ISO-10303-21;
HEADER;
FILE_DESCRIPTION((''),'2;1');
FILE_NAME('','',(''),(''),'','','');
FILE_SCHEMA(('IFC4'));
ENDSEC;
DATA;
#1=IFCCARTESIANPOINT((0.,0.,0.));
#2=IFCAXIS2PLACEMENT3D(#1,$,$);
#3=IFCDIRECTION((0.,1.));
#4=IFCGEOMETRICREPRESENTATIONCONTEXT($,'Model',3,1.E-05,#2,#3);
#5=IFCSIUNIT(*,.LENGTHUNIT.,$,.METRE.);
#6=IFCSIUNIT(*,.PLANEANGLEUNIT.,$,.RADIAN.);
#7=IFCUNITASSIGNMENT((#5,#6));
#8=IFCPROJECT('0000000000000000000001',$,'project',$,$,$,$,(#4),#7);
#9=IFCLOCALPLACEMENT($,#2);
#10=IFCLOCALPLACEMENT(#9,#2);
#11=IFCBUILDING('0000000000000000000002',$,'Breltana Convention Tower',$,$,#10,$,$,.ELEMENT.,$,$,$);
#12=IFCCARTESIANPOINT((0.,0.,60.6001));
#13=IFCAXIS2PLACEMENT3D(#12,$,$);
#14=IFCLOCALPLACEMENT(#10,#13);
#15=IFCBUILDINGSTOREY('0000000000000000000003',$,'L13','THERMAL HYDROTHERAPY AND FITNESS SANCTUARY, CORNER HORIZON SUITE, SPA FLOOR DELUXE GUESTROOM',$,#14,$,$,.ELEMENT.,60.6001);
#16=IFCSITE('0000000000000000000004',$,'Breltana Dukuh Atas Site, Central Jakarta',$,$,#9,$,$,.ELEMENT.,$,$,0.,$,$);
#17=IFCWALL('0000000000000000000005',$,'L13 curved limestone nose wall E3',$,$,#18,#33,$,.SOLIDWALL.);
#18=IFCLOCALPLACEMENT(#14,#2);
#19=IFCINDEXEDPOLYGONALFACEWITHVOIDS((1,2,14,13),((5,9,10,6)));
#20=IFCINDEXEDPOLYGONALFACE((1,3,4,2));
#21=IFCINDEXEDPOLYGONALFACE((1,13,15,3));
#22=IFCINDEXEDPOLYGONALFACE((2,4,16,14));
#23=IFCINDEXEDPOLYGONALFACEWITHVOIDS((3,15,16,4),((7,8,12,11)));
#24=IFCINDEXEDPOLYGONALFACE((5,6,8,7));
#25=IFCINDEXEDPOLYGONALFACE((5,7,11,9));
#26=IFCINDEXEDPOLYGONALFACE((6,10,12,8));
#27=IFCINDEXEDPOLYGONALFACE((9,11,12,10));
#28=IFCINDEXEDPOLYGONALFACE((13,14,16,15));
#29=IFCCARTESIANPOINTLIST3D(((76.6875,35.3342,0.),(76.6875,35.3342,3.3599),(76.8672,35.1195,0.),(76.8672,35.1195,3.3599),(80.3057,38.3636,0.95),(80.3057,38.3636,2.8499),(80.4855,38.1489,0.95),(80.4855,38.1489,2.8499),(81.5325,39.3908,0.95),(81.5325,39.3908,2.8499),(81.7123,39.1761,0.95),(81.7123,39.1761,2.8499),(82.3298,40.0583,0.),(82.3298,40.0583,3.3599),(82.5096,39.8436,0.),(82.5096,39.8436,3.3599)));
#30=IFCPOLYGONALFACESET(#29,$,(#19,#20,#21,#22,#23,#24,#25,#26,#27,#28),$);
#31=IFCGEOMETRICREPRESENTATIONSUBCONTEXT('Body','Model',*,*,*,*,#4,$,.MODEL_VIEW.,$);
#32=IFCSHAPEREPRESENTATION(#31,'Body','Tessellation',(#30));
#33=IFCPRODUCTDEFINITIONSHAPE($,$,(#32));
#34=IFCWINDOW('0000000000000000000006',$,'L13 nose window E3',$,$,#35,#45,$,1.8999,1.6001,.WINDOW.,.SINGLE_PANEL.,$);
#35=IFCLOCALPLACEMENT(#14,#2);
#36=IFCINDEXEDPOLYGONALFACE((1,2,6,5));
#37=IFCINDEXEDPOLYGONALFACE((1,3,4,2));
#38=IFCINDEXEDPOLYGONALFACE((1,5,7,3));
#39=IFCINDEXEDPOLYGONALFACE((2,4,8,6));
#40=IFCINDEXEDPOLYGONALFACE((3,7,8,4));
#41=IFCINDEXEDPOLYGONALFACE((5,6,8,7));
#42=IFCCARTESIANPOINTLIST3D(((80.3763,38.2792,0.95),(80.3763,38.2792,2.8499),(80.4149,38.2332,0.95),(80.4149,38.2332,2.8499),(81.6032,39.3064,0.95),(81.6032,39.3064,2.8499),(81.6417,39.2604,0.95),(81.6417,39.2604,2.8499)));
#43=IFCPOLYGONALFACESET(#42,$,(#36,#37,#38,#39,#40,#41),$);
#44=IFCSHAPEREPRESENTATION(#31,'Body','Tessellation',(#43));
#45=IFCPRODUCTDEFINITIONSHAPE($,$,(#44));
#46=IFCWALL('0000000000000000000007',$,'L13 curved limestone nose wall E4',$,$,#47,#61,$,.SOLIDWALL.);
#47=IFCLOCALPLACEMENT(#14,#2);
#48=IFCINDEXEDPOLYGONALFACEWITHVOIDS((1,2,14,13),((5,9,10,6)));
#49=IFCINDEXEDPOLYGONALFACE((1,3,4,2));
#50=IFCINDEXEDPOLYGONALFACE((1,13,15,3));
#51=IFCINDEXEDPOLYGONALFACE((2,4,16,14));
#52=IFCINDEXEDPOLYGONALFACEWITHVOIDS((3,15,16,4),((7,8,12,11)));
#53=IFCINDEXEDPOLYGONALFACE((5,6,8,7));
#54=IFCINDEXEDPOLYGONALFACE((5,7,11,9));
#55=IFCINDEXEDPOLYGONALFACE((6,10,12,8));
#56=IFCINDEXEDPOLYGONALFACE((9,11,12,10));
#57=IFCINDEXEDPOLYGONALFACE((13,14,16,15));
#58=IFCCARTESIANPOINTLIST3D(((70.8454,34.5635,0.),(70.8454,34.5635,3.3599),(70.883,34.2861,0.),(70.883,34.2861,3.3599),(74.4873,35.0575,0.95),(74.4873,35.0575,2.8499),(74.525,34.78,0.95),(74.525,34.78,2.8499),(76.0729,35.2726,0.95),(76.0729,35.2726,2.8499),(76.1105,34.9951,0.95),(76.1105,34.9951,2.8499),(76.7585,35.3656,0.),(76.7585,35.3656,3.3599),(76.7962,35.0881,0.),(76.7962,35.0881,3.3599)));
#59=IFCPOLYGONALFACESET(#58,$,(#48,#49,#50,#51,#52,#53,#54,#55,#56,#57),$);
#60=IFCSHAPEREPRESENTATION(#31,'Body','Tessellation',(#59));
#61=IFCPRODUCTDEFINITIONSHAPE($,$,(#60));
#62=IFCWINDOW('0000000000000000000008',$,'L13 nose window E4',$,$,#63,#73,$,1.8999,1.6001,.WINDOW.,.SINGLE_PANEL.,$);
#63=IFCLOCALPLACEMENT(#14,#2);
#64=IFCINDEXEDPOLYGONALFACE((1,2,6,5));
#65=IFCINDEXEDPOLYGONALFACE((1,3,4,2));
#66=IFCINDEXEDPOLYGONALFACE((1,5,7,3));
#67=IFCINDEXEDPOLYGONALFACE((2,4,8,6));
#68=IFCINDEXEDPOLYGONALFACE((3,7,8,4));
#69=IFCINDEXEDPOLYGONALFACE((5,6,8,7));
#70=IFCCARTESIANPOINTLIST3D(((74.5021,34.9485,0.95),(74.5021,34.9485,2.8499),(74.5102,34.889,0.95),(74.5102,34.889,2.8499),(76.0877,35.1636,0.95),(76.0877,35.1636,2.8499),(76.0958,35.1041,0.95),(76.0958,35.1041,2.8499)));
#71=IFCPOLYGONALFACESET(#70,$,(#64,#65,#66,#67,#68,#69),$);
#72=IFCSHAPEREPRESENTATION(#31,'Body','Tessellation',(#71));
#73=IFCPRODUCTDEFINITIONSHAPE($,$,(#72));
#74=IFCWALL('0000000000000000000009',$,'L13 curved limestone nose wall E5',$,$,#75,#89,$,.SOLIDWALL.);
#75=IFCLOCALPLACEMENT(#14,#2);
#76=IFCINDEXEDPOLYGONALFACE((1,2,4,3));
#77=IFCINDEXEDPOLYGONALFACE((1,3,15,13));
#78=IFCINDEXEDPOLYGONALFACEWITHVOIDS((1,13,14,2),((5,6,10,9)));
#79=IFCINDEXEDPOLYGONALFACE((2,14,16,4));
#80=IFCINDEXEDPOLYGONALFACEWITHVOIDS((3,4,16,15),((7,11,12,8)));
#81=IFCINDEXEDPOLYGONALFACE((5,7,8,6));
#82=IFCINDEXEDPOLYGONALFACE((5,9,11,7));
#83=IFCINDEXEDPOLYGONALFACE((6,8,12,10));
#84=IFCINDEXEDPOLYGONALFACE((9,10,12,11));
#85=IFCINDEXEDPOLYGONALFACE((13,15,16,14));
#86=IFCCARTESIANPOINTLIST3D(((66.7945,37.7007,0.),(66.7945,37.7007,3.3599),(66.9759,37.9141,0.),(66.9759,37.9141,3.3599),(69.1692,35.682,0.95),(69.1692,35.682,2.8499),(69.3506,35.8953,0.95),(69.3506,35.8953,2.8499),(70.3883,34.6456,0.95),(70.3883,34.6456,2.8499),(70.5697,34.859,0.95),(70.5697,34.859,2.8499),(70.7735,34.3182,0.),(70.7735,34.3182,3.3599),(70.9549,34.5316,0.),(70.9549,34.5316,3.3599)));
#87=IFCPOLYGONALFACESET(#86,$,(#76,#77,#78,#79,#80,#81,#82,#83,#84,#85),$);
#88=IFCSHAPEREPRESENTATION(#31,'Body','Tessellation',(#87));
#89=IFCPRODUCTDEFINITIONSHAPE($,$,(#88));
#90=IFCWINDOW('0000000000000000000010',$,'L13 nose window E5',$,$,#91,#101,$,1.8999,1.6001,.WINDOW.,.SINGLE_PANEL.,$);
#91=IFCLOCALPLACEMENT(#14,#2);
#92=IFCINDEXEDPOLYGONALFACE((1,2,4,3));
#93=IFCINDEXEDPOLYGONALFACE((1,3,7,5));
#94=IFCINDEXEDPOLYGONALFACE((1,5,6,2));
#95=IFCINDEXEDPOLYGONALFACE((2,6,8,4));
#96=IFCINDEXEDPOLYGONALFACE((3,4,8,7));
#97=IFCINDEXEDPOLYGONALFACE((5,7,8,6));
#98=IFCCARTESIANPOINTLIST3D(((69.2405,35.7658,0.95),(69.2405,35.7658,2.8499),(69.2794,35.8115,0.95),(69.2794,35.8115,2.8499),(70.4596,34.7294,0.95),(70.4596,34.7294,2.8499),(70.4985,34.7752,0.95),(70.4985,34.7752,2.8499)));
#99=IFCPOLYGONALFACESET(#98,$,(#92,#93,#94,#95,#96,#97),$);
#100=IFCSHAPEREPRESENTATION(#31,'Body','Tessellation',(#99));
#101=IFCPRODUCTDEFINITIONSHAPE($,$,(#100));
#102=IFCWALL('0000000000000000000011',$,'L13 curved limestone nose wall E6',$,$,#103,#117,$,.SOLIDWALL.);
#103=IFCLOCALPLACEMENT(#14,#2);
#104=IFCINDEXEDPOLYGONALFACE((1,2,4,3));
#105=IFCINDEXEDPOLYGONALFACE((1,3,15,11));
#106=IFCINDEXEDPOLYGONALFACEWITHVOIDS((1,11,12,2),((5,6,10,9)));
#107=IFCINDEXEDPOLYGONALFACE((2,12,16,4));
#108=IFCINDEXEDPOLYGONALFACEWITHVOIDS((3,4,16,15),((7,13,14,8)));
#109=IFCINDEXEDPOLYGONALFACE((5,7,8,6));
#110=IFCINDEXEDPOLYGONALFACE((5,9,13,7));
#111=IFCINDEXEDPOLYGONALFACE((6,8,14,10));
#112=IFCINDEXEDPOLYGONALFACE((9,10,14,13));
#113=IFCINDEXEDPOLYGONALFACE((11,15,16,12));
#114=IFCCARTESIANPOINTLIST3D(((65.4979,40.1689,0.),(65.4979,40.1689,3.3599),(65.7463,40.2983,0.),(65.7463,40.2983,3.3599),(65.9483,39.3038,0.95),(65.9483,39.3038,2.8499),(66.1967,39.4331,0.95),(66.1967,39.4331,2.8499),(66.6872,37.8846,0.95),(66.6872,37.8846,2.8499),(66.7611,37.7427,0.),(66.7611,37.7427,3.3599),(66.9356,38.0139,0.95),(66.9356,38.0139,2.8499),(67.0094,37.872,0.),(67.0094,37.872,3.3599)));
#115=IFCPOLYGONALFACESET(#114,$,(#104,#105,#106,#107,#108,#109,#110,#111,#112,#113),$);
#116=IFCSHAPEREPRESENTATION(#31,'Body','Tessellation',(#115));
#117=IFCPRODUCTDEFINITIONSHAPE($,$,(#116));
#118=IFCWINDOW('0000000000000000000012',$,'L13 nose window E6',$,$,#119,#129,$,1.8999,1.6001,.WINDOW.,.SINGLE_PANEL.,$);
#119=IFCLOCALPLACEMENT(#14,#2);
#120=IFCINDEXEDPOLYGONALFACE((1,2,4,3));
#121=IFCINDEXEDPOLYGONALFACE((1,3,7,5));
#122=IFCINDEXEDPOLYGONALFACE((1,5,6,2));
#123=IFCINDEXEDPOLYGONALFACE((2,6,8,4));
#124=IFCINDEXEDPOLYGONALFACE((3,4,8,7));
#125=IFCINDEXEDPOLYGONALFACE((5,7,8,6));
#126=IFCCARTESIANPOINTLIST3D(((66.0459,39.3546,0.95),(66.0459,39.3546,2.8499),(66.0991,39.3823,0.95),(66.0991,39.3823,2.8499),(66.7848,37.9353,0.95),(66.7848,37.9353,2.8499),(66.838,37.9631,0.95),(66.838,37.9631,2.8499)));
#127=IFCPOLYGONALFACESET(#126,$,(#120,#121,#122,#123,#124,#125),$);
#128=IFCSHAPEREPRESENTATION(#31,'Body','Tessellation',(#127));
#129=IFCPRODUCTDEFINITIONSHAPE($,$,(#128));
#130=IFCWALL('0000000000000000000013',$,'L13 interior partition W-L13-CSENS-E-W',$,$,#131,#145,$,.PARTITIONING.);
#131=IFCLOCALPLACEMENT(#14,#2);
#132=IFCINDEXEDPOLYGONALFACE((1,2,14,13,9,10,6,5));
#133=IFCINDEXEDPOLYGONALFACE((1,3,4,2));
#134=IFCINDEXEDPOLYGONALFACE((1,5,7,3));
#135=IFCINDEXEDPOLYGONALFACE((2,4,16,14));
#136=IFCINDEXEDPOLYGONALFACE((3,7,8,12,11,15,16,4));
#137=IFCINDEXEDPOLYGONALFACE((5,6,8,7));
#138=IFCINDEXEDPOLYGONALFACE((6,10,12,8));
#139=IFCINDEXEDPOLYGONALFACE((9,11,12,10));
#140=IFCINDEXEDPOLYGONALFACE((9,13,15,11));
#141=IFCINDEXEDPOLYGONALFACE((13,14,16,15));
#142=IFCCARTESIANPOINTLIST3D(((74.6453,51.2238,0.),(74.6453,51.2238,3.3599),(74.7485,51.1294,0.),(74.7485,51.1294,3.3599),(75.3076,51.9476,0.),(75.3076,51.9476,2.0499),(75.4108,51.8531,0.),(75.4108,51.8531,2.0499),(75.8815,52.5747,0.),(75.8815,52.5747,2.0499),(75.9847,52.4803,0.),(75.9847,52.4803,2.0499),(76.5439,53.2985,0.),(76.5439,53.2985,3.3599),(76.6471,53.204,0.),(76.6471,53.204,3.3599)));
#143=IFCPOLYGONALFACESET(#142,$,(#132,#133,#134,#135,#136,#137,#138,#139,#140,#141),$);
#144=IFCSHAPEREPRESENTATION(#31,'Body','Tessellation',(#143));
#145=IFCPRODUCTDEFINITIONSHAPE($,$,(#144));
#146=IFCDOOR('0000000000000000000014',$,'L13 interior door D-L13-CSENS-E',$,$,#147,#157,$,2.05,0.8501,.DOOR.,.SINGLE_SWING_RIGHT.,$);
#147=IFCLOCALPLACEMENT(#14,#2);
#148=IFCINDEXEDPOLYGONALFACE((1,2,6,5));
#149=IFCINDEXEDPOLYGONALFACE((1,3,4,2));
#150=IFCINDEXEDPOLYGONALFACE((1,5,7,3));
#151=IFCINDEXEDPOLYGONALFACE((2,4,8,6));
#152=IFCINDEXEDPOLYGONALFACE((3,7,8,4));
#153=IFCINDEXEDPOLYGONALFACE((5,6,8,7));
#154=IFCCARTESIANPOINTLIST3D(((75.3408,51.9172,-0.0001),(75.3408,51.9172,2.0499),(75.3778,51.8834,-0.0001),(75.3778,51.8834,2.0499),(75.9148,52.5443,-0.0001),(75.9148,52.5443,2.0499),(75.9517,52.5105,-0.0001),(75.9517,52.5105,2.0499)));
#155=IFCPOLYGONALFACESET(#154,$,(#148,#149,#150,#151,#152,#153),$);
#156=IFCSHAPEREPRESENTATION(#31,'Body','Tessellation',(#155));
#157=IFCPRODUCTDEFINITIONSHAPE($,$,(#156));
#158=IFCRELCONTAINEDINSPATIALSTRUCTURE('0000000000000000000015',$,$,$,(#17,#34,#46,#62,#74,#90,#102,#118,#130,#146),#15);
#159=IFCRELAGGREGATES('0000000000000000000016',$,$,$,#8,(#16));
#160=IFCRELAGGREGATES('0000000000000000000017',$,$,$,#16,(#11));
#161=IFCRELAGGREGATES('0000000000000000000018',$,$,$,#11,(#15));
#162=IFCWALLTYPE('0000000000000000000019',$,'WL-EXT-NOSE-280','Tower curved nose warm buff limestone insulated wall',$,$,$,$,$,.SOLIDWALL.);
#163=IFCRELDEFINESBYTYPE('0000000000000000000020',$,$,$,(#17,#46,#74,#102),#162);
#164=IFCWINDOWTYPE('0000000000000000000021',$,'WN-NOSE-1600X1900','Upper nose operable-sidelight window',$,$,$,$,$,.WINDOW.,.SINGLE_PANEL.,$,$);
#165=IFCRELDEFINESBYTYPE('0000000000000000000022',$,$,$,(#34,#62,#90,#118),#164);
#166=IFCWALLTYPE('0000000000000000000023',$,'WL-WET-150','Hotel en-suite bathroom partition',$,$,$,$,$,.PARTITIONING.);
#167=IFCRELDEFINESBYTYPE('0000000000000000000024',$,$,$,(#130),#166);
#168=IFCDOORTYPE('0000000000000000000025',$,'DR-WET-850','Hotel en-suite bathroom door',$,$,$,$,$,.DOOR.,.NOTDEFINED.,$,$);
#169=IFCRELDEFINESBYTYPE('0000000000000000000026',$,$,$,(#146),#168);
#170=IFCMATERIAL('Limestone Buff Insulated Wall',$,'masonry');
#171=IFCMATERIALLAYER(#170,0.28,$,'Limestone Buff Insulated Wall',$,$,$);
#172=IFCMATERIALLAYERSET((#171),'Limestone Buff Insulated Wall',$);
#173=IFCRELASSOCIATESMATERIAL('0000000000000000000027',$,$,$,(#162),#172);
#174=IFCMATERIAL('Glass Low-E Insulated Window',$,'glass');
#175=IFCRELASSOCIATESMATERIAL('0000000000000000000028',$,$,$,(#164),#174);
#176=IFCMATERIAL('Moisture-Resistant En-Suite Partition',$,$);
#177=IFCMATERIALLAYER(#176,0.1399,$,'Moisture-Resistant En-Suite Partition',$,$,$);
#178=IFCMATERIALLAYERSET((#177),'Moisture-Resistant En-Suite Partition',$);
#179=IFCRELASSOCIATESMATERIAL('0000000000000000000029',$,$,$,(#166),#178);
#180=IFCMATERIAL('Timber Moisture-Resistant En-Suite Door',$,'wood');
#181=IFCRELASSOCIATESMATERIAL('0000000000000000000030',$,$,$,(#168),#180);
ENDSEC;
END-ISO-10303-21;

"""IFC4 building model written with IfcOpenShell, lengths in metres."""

from ifc_helpers import new_model, si_unit, direction, frame, frame_2d, origin, place, context, subcontext, project, spatial, rectangle, extrude, source, transform, mapped, material, layer, layer_set, type_object, type_shapes, element, fill, save


model = new_model("IFC4")

# Units and contexts
model_context = context("Model", 3, precision=1e-05, world=origin(), true_north=direction((0.0, 1.0)))
body_context = subcontext(model_context, "Body", "Model", "MODEL_VIEW")
ifc_project = project(units=[si_unit("LENGTHUNIT", "METRE"), si_unit("PLANEANGLEUNIT", "RADIAN")], contexts=[model_context])

# Site, building, storey
site_placement = place(None, origin())
site = spatial("IfcSite", under=ifc_project, at=site_placement, Name="Breltana Dukuh Atas Site, Central Jakarta", CompositionType="ELEMENT", RefElevation=0.0)
building_placement = place(site_placement, origin())
building = spatial("IfcBuilding", under=site, at=building_placement, Name="Breltana Convention Tower", CompositionType="ELEMENT")
storey_placement = place(building_placement, frame((0.0, 0.0, 60.6001)))
storey = spatial("IfcBuildingStorey", under=building, at=storey_placement, Name="L13", Description="THERMAL HYDROTHERAPY AND FITNESS SANCTUARY, CORNER HORIZON SUITE, SPA FLOOR DELUXE GUESTROOM", CompositionType="ELEMENT", Elevation=60.6001)

# Walls, openings, windows
ifc_material_1 = material(Name="Limestone Buff Insulated Wall", Category="masonry")
ifc_layer_1 = layer(ifc_material_1, 0.28, Name="Limestone Buff Insulated Wall")
ifc_layer_set_1 = layer_set([ifc_layer_1], Name="Limestone Buff Insulated Wall")
wall_type_1 = type_object("IfcWallType", Name="WL-EXT-NOSE-280", Description="Tower curved nose warm buff limestone insulated wall", PredefinedType="SOLIDWALL", material=ifc_layer_set_1)
ifc_material_2 = material(Name="Glass Low-E Insulated Window", Category="glass")
window_type = type_object("IfcWindowType", Name="WN-NOSE-1600X1900", Description="Upper nose operable-sidelight window", PartitioningType="SINGLE_PANEL", PredefinedType="WINDOW", material=ifc_material_2)
shared_shape_1 = source(origin(), body_context, "Body", "SweptSolid", [
    extrude(rectangle(XDim=1.6001, YDim=1.8999, at=frame_2d((0.8, 0.95))), frame((0.0, 0.03, 0.0), z_axis=(0.0, -1.0, 0.0), x_axis=(1.0, 0.0, 0.0)), (0.0, 0.0, 1.0), 0.0601),
])
type_shapes(window_type, [shared_shape_1])
shared_shape_2 = source(origin(), body_context, "Body", "SweptSolid", [
    extrude(rectangle(XDim=7.3589, YDim=0.28, at=frame_2d((3.6794, 0.0))), origin(), (0.0, 0.0, 1.0), 3.3599),
])
wall_1_placement = place(storey_placement, frame((82.4197, 39.9509, 0.0), z_axis=(0.0, 0.0, 1.0), x_axis=(-0.766737, -0.641961, 0.0)))
wall_1 = element("IfcWall", 1, at=wall_1_placement, inside=storey, type_object=wall_type_1, Name="L13 curved limestone nose wall E3", PredefinedType="SOLIDWALL", context=body_context, shape_type="MappedRepresentation", body=[
    mapped(shared_shape_2, transform((0.0, 0.0, 0.0), scale=1.0)),
])
opening_1_placement = place(wall_1_placement, frame((1.0398, 0.0, 0.95)))
opening_1 = element("IfcOpeningElement", 2, at=opening_1_placement, cuts=wall_1, PredefinedType="OPENING", context=body_context, shape_type="SweptSolid", body=[
    extrude(rectangle(XDim=1.6001, YDim=1.8999, at=frame_2d((0.8, 0.95))), frame((0.0, 0.1499, 0.0), z_axis=(0.0, -1.0, 0.0), x_axis=(1.0, 0.0, 0.0)), (0.0, 0.0, 1.0), 0.3),
])
window_1_placement = place(opening_1_placement, origin())
window_1 = element("IfcWindow", 3, at=window_1_placement, inside=storey, type_object=window_type, Name="L13 nose window E3", OverallHeight=1.8999, OverallWidth=1.6001, PartitioningType="SINGLE_PANEL", PredefinedType="WINDOW", context=body_context, shape_type="MappedRepresentation", body=[
    mapped(shared_shape_1, transform((0.0, 0.0, 0.0), scale=1.0)),
])
fill(opening_1, window_1)
shared_shape_3 = source(origin(), body_context, "Body", "SweptSolid", [
    extrude(rectangle(XDim=5.9673, YDim=0.28, at=frame_2d((2.9836, 0.0))), origin(), (0.0, 0.0, 1.0), 3.3599),
])
wall_2_placement = place(storey_placement, frame((76.7773, 35.2268, 0.0), z_axis=(0.0, 0.0, 1.0), x_axis=(-0.990927, -0.134401, 0.0)))
wall_2 = element("IfcWall", 4, at=wall_2_placement, inside=storey, type_object=wall_type_1, Name="L13 curved limestone nose wall E4", PredefinedType="SOLIDWALL", context=body_context, shape_type="MappedRepresentation", body=[
    mapped(shared_shape_3, transform((0.0, 0.0, 0.0), scale=1.0)),
])
opening_2_placement = place(wall_2_placement, frame((0.6919, 0.0, 0.95)))
opening_2 = element("IfcOpeningElement", 5, at=opening_2_placement, cuts=wall_2, PredefinedType="OPENING", context=body_context, shape_type="SweptSolid", body=[
    extrude(rectangle(XDim=1.6001, YDim=1.8999, at=frame_2d((0.8, 0.95))), frame((0.0, 0.1499, 0.0), z_axis=(0.0, -1.0, 0.0), x_axis=(1.0, 0.0, 0.0)), (0.0, 0.0, 1.0), 0.3),
])
window_2_placement = place(opening_2_placement, origin())
window_2 = element("IfcWindow", 6, at=window_2_placement, inside=storey, type_object=window_type, Name="L13 nose window E4", OverallHeight=1.8999, OverallWidth=1.6001, PartitioningType="SINGLE_PANEL", PredefinedType="WINDOW", context=body_context, shape_type="MappedRepresentation", body=[
    mapped(shared_shape_1, transform((0.0, 0.0, 0.0), scale=1.0)),
])
fill(opening_2, window_2)
shared_shape_4 = source(origin(), body_context, "Body", "SweptSolid", [
    extrude(rectangle(XDim=5.2224, YDim=0.28, at=frame_2d((2.6113, 0.0))), origin(), (0.0, 0.0, 1.0), 3.3599),
])
wall_3_placement = place(storey_placement, frame((70.8643, 34.4248, 0.0), z_axis=(0.0, 0.0, 1.0), x_axis=(-0.7619, 0.647695, 0.0)))
wall_3 = element("IfcWall", 7, at=wall_3_placement, inside=storey, type_object=wall_type_1, Name="L13 curved limestone nose wall E5", PredefinedType="SOLIDWALL", context=body_context, shape_type="MappedRepresentation", body=[
    mapped(shared_shape_4, transform((0.0, 0.0, 0.0), scale=1.0)),
])
opening_3_placement = place(wall_3_placement, frame((0.5056, 0.0, 0.95)))
opening_3 = element("IfcOpeningElement", 8, at=opening_3_placement, cuts=wall_3, PredefinedType="OPENING", context=body_context, shape_type="SweptSolid", body=[
    extrude(rectangle(XDim=1.6001, YDim=1.8999, at=frame_2d((0.8, 0.95))), frame((0.0, 0.1499, 0.0), z_axis=(0.0, -1.0, 0.0), x_axis=(1.0, 0.0, 0.0)), (0.0, 0.0, 1.0), 0.3),
])
window_3_placement = place(opening_3_placement, origin())
window_3 = element("IfcWindow", 9, at=window_3_placement, inside=storey, type_object=window_type, Name="L13 nose window E5", OverallHeight=1.8999, OverallWidth=1.6001, PartitioningType="SINGLE_PANEL", PredefinedType="WINDOW", context=body_context, shape_type="MappedRepresentation", body=[
    mapped(shared_shape_1, transform((0.0, 0.0, 0.0), scale=1.0)),
])
fill(opening_3, window_3)
shared_shape_5 = source(origin(), body_context, "Body", "SweptSolid", [
    extrude(rectangle(XDim=2.7354, YDim=0.28, at=frame_2d((1.3677, 0.0))), origin(), (0.0, 0.0, 1.0), 3.3599),
])
wall_4_placement = place(storey_placement, frame((66.8853, 37.8074, 0.0), z_axis=(0.0, 0.0, 1.0), x_axis=(-0.461791, 0.886989, 0.0)))
wall_4 = element("IfcWall", 10, at=wall_4_placement, inside=storey, type_object=wall_type_1, Name="L13 curved limestone nose wall E6", PredefinedType="SOLIDWALL", context=body_context, shape_type="MappedRepresentation", body=[
    mapped(shared_shape_5, transform((0.0, 0.0, 0.0), scale=1.0)),
])
opening_4_placement = place(wall_4_placement, frame((0.1599, 0.0, 0.95)))
opening_4 = element("IfcOpeningElement", 11, at=opening_4_placement, cuts=wall_4, PredefinedType="OPENING", context=body_context, shape_type="SweptSolid", body=[
    extrude(rectangle(XDim=1.6001, YDim=1.8999, at=frame_2d((0.8, 0.95))), frame((0.0, 0.1499, 0.0), z_axis=(0.0, -1.0, 0.0), x_axis=(1.0, 0.0, 0.0)), (0.0, 0.0, 1.0), 0.3),
])
window_4_placement = place(opening_4_placement, origin())
window_4 = element("IfcWindow", 12, at=window_4_placement, inside=storey, type_object=window_type, Name="L13 nose window E6", OverallHeight=1.8999, OverallWidth=1.6001, PartitioningType="SINGLE_PANEL", PredefinedType="WINDOW", context=body_context, shape_type="MappedRepresentation", body=[
    mapped(shared_shape_1, transform((0.0, 0.0, 0.0), scale=1.0)),
])
fill(opening_4, window_4)

# Wall, opening, door
ifc_material_3 = material(Name="Moisture-Resistant En-Suite Partition")
ifc_layer_2 = layer(ifc_material_3, 0.1399, Name="Moisture-Resistant En-Suite Partition")
ifc_layer_set_2 = layer_set([ifc_layer_2], Name="Moisture-Resistant En-Suite Partition")
wall_type_2 = type_object("IfcWallType", Name="WL-WET-150", Description="Hotel en-suite bathroom partition", PredefinedType="PARTITIONING", material=ifc_layer_set_2)
shared_shape_6 = source(origin(), body_context, "Body", "SweptSolid", [
    extrude(rectangle(XDim=2.8123, YDim=0.1399, at=frame_2d((1.4062, 0.0))), origin(), (0.0, 0.0, 1.0), 3.3599),
])
wall_5_placement = place(storey_placement, frame((74.6968, 51.1765, 0.0), z_axis=(0.0, 0.0, 1.0), x_axis=(0.675119, 0.737709, 0.0)))
wall_5 = element("IfcWall", 13, at=wall_5_placement, inside=storey, type_object=wall_type_2, Name="L13 interior partition W-L13-CSENS-E-W", PredefinedType="PARTITIONING", context=body_context, shape_type="MappedRepresentation", body=[
    mapped(shared_shape_6, transform((0.0, 0.0, 0.0), scale=1.0)),
])
opening_5_placement = place(wall_5_placement, frame((0.9812, 0.0, 0.0)))
opening_5 = element("IfcOpeningElement", 14, at=opening_5_placement, cuts=wall_5, PredefinedType="OPENING", context=body_context, shape_type="SweptSolid", body=[
    extrude(rectangle(XDim=0.8501, YDim=2.05, at=frame_2d((0.425, 1.0249))), frame((0.0, 0.0801, 0.0), z_axis=(0.0, -1.0, 0.0), x_axis=(1.0, 0.0, 0.0)), (0.0, 0.0, 1.0), 0.1599),
])
ifc_material_4 = material(Name="Timber Moisture-Resistant En-Suite Door", Category="wood")
door_type_1 = type_object("IfcDoorType", Name="DR-WET-850", Description="Hotel en-suite bathroom door", OperationType="NOTDEFINED", PredefinedType="DOOR", material=ifc_material_4)
shared_shape_7 = source(origin(), body_context, "Body", "SweptSolid", [
    extrude(rectangle(XDim=0.8501, YDim=2.05, at=frame_2d((0.425, 1.0249))), frame((0.0, 0.0249, 0.0), z_axis=(0.0, -1.0, 0.0), x_axis=(1.0, 0.0, 0.0)), (0.0, 0.0, 1.0), 0.05),
])
type_shapes(door_type_1, [shared_shape_7])
door_1_placement = place(opening_5_placement, origin())
door_1 = element("IfcDoor", 15, at=door_1_placement, inside=storey, type_object=door_type_1, Name="L13 interior door D-L13-CSENS-E", OperationType="SINGLE_SWING_RIGHT", OverallHeight=2.05, OverallWidth=0.8501, PredefinedType="DOOR", context=body_context, shape_type="MappedRepresentation", body=[
    mapped(shared_shape_7, transform((0.0, 0.0, 0.0), scale=1.0)),
])
fill(opening_5, door_1)

save(model, "model.ifc")
